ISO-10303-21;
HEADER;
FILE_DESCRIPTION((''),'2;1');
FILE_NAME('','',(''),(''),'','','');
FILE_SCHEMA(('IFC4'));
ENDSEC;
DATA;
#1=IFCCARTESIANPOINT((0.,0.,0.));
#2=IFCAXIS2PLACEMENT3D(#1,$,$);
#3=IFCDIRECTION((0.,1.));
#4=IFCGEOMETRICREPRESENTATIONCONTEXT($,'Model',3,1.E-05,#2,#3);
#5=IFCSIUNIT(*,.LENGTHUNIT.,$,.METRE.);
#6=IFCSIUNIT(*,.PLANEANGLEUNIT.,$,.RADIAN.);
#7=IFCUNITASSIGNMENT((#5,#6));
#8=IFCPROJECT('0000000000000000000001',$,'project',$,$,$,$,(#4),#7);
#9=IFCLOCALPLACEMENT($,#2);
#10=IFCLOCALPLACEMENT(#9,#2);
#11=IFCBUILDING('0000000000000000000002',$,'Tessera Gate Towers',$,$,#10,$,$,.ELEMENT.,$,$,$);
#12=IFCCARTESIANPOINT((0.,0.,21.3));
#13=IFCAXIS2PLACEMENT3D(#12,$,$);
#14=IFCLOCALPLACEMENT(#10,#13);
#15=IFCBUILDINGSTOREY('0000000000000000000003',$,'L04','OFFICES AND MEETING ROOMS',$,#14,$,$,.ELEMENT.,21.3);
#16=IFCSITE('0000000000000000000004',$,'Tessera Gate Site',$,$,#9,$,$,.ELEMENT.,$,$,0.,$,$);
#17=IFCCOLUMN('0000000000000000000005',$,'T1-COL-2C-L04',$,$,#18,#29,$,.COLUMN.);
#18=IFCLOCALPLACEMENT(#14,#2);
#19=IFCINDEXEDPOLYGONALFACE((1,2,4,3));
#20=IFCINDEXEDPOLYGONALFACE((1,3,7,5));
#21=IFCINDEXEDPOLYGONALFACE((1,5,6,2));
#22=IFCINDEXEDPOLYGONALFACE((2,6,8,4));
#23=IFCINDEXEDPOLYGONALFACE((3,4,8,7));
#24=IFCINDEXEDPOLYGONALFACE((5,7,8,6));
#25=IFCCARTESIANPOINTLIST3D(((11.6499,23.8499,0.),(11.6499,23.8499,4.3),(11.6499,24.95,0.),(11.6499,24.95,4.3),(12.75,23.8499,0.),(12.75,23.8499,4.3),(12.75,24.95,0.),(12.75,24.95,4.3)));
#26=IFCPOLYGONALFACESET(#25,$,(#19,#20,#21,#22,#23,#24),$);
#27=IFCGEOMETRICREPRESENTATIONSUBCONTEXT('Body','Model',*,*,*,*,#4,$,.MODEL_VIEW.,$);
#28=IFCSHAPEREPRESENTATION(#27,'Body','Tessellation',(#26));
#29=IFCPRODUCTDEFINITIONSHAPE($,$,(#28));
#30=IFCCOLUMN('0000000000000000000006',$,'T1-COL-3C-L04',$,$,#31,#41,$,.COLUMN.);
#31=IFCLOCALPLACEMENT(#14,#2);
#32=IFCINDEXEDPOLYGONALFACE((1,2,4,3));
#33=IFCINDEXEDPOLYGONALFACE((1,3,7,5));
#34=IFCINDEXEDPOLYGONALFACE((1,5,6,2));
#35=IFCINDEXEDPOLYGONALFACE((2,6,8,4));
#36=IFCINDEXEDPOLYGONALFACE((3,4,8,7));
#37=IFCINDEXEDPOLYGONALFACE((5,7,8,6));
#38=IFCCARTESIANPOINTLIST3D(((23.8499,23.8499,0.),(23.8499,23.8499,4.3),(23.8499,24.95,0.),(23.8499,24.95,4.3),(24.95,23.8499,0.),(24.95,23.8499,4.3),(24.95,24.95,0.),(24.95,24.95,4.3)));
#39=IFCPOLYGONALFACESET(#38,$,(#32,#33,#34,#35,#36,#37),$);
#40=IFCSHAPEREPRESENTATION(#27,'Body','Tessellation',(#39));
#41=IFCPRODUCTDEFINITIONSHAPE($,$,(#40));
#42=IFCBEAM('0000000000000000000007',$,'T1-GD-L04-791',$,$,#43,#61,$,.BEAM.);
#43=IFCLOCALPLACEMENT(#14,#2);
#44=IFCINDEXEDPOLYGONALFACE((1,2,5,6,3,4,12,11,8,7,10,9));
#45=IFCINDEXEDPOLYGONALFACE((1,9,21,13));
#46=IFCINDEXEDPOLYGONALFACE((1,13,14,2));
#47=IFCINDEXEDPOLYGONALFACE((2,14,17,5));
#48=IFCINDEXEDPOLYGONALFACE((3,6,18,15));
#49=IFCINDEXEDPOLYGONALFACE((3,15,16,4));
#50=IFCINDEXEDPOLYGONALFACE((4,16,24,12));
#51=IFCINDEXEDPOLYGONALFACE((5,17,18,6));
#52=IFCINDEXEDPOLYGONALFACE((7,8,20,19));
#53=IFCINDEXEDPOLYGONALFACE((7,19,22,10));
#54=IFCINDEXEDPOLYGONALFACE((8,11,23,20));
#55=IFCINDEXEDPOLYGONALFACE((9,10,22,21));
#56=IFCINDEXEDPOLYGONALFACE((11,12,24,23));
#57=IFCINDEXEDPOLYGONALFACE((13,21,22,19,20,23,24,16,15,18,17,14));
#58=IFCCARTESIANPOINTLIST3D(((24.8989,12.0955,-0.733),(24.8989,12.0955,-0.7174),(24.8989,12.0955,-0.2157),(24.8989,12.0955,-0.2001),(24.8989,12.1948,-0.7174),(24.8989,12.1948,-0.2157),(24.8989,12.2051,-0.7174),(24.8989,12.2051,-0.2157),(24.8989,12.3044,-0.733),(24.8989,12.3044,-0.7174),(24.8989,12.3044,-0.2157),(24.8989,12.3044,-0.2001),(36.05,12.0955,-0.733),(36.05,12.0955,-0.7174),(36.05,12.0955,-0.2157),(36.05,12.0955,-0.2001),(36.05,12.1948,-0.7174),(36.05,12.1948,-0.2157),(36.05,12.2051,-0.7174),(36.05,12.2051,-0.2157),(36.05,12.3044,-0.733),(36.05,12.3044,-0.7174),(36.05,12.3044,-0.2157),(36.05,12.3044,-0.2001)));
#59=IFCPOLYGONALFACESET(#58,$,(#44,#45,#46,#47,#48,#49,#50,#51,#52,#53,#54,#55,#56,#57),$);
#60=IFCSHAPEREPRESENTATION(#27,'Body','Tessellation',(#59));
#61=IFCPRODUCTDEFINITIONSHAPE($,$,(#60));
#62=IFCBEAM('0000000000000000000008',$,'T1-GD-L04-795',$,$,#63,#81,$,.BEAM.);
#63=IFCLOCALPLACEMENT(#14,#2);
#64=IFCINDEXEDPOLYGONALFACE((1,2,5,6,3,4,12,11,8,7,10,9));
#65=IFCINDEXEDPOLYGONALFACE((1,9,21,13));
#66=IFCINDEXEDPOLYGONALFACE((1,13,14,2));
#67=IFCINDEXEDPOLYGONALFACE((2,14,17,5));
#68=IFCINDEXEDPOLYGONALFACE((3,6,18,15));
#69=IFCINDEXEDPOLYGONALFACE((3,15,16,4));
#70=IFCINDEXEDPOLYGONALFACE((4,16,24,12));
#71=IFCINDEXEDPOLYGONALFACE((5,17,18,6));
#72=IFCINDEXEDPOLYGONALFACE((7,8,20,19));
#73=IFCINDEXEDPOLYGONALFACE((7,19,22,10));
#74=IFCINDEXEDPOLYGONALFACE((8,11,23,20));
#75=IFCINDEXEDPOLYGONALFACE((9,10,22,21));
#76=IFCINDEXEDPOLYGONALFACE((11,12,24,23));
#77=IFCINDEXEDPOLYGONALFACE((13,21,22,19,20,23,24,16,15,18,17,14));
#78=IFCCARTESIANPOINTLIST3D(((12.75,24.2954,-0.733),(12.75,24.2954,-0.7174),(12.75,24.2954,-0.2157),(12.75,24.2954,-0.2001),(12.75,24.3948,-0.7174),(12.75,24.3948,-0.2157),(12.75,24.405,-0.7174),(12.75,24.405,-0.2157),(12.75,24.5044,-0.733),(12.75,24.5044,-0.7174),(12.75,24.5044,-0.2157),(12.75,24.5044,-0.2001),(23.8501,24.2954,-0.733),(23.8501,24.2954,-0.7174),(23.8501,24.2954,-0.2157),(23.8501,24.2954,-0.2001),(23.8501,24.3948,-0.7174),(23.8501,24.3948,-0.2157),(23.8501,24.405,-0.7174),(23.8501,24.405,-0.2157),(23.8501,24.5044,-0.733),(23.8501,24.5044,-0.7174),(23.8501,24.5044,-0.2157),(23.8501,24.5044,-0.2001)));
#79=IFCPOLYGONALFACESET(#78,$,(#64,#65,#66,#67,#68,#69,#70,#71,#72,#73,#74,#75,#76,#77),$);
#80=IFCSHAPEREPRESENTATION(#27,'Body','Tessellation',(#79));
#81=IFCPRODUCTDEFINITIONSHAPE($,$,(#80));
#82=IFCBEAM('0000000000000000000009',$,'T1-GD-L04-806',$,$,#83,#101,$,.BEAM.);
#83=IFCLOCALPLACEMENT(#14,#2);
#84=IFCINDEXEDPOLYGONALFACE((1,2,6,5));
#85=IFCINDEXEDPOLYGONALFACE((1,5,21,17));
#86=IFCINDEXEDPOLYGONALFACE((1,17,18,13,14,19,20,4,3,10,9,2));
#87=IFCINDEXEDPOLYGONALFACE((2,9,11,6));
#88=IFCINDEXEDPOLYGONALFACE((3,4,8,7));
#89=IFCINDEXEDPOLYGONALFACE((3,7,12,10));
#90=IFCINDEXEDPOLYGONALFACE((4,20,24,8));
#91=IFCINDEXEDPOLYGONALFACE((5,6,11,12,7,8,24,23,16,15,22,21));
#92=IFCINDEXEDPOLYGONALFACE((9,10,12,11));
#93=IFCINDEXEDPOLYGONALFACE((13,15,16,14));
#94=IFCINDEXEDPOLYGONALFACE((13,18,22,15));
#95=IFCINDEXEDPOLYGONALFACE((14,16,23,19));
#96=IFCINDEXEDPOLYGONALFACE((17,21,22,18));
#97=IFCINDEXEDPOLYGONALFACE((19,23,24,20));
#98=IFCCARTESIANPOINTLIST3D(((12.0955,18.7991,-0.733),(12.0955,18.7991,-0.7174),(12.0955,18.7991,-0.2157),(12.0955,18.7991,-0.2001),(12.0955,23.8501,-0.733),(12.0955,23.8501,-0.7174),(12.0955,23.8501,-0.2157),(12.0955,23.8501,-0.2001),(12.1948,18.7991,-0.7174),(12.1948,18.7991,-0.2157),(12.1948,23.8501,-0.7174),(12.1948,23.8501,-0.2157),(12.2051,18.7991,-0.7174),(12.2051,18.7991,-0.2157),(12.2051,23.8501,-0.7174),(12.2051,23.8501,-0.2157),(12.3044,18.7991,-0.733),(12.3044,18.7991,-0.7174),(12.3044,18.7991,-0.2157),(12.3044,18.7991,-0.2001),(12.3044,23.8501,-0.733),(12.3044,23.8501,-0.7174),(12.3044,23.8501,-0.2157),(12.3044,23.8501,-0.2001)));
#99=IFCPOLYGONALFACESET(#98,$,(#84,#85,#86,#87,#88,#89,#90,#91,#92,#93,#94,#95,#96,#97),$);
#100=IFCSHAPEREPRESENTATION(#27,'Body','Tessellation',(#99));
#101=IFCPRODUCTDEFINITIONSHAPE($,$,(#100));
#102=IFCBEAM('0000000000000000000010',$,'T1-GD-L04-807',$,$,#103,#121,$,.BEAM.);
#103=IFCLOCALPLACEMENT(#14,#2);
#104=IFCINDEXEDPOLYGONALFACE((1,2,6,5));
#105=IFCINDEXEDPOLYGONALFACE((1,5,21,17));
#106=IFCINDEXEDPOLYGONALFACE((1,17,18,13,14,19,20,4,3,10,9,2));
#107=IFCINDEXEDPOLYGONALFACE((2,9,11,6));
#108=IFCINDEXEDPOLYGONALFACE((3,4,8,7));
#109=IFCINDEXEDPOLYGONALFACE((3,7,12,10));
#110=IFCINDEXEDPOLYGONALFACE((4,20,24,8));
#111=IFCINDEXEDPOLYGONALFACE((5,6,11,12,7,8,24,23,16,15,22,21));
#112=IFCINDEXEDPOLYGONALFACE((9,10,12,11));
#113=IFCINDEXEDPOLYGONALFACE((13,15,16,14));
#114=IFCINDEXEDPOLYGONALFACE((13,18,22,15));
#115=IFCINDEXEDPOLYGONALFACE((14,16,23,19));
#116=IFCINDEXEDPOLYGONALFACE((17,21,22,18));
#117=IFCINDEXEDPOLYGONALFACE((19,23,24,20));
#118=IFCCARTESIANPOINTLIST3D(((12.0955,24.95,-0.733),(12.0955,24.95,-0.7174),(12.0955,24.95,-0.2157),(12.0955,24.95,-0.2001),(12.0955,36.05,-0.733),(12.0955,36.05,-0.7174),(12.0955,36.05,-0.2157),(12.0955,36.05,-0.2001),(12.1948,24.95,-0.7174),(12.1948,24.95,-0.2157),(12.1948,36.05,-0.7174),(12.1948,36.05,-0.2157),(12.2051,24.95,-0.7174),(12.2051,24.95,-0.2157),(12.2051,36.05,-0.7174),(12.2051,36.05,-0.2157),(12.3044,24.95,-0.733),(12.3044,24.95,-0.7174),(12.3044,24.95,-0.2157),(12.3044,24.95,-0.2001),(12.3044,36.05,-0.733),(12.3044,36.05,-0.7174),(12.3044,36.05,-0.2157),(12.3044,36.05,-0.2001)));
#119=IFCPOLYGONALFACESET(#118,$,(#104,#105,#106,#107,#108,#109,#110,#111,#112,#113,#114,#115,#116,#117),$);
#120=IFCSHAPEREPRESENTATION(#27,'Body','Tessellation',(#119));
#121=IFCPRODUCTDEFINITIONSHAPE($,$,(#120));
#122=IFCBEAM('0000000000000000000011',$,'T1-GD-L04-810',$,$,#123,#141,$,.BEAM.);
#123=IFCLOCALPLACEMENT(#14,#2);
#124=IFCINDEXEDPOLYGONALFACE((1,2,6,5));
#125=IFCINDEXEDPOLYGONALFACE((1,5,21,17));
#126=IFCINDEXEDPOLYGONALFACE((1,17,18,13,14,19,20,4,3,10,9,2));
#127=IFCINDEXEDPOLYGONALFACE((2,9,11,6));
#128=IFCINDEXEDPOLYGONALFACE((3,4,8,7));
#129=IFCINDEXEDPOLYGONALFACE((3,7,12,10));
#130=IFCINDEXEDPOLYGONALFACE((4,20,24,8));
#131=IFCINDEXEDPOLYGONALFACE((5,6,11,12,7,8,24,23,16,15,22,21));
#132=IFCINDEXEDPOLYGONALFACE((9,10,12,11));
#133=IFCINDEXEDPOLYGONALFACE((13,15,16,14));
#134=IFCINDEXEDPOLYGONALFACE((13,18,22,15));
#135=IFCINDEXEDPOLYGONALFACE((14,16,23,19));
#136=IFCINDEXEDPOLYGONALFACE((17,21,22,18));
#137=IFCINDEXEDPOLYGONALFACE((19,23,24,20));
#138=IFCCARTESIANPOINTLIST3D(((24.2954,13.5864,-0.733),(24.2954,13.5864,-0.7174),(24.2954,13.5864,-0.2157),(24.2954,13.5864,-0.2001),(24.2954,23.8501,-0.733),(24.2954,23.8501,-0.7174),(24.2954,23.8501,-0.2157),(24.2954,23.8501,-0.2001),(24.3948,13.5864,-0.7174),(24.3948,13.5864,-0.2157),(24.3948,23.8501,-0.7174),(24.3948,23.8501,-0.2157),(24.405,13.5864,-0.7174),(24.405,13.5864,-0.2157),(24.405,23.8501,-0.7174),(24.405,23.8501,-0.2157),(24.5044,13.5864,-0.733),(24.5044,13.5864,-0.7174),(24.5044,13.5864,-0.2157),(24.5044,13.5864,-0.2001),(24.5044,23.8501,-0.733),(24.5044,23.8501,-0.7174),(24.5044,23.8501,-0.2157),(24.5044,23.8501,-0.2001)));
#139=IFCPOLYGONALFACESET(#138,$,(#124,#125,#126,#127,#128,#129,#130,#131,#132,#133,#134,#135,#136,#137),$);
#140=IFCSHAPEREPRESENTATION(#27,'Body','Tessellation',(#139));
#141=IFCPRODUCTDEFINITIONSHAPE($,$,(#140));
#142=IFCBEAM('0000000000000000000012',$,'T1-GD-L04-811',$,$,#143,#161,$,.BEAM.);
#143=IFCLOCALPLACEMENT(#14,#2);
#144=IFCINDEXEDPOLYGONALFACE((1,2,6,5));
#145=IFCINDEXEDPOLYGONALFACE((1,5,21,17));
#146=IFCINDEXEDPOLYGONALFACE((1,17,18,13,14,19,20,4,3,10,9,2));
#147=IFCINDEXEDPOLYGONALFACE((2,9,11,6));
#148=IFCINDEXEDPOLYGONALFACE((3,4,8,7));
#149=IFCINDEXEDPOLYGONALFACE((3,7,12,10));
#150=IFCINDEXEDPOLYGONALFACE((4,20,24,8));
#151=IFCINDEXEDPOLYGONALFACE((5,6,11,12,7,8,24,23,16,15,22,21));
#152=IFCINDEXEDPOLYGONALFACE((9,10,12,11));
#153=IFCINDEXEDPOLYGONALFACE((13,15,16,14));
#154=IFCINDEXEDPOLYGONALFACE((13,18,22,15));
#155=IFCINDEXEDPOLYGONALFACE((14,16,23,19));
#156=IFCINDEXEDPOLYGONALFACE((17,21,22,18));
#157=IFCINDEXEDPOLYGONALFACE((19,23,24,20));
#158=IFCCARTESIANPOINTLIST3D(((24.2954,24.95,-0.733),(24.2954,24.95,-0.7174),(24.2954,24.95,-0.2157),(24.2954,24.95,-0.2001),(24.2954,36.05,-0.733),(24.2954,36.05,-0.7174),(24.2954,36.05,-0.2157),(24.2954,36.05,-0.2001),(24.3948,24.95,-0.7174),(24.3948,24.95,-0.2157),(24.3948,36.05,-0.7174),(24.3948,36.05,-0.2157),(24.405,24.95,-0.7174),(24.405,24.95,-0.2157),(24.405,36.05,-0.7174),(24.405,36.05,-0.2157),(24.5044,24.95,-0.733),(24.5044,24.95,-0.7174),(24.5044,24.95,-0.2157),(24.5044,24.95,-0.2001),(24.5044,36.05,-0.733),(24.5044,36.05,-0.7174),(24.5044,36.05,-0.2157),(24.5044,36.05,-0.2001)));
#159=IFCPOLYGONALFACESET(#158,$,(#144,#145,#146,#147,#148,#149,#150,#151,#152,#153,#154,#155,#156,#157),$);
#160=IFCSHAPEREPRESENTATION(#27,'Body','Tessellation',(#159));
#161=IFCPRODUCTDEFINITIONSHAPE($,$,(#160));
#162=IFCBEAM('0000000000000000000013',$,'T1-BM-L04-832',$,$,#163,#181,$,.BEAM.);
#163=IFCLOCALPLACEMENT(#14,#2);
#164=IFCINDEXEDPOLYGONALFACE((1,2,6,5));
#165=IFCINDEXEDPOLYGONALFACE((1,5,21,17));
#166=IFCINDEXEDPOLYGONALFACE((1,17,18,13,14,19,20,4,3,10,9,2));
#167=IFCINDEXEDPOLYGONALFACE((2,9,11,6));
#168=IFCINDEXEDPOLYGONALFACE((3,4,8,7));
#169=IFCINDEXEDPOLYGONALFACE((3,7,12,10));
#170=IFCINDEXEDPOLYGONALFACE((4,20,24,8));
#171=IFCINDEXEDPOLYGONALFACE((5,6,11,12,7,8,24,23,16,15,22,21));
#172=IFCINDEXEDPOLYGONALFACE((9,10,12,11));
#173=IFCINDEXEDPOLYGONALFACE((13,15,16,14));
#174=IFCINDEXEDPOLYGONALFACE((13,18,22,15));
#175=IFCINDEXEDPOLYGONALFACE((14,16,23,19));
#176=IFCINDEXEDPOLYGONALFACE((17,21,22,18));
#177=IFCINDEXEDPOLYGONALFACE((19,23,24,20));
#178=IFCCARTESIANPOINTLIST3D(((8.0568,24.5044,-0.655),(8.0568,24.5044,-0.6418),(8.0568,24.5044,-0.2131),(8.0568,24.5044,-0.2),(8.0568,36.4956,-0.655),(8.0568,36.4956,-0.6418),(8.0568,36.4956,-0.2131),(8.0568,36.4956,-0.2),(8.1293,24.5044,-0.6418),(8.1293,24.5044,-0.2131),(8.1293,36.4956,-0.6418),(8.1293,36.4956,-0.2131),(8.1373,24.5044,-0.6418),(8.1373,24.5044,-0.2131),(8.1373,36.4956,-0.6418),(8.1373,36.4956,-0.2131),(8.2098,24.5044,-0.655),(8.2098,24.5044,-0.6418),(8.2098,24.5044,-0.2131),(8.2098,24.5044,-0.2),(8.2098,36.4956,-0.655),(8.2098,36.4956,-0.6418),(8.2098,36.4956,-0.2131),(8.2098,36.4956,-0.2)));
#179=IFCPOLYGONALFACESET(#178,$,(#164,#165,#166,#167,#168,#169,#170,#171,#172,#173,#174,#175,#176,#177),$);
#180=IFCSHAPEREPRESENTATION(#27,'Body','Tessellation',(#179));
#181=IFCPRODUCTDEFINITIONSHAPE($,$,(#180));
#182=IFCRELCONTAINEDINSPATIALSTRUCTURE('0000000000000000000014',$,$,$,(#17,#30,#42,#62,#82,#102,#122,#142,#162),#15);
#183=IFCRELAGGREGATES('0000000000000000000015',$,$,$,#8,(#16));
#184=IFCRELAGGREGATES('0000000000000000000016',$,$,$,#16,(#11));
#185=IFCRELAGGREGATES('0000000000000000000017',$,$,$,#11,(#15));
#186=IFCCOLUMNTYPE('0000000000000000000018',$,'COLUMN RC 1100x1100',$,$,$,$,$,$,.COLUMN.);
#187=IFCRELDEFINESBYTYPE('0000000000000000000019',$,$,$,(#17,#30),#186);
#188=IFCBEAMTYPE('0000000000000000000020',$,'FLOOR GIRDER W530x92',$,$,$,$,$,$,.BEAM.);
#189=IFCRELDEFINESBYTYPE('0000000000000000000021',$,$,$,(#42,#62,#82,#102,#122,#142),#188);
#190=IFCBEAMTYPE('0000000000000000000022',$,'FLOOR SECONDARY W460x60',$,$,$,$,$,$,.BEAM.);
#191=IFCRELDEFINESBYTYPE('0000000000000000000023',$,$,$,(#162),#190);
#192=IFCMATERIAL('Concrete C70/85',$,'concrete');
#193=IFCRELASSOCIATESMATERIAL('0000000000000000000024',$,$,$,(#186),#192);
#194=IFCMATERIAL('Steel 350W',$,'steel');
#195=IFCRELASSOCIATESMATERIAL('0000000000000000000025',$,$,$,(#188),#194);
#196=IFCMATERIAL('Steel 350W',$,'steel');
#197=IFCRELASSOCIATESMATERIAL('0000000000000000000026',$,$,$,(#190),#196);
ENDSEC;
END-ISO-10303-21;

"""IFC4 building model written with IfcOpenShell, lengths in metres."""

from ifc_helpers import new_model, si_unit, direction, frame, origin, origin_2d, place, context, subcontext, project, spatial, rectangle, i_section, extrude, material, material_profile, profile_set, type_object, element, save


model = new_model("IFC4")

# Units and contexts
model_context = context("Model", 3, precision=1e-05, world=origin(), true_north=direction((0.0, 1.0)))
body_context = subcontext(model_context, "Body", "Model", "MODEL_VIEW")
ifc_project = project(units=[si_unit("LENGTHUNIT", "METRE"), si_unit("PLANEANGLEUNIT", "RADIAN")], contexts=[model_context])

# Site, building, storey
site_placement = place(None, origin())
site = spatial("IfcSite", under=ifc_project, at=site_placement, Name="Tessera Gate Site", CompositionType="ELEMENT", RefElevation=0.0)
building_placement = place(site_placement, origin())
building = spatial("IfcBuilding", under=site, at=building_placement, Name="Tessera Gate Towers", CompositionType="ELEMENT")
storey_placement = place(building_placement, frame((0.0, 0.0, 21.3)))
storey = spatial("IfcBuildingStorey", under=building, at=storey_placement, Name="L04", Description="OFFICES AND MEETING ROOMS", CompositionType="ELEMENT", Elevation=21.3)

# Columns
ifc_material_1 = material(Name="Concrete C70/85", Category="concrete")
ifc_material_profile_1 = material_profile(ifc_material_1, rectangle(XDim=1.1001, YDim=1.1001, at=origin_2d()), Name="RC 1100x1100")
ifc_profile_set_1 = profile_set([ifc_material_profile_1], Name="Concrete C70/85")
column_type = type_object("IfcColumnType", Name="COLUMN RC 1100x1100", PredefinedType="COLUMN", material=ifc_profile_set_1)
for number, where, z_axis, x_axis, name in (
    (1, (12.2, 24.3999, 0.0), (0.0, 0.0, 1.0), (1.0, 0.0, 0.0), "T1-COL-2C-L04"),
    (2, (24.3999, 24.3999, 0.0), (0.0, 0.0, 1.0), (1.0, 0.0, 0.0), "T1-COL-3C-L04"),
):
    element("IfcColumn", number, at=place(storey_placement, frame(where, z_axis=z_axis, x_axis=x_axis)), inside=storey, type_object=column_type, Name=name, PredefinedType="COLUMN", context=body_context, shape_type="SweptSolid", body=[
        extrude(rectangle(XDim=1.1001, YDim=1.1001, at=origin_2d()), origin(), (0.0, 0.0, 1.0), 4.3),
    ])

# Beams
ifc_material_2 = material(Name="Steel 350W", Category="steel")
ifc_material_profile_2 = material_profile(ifc_material_2, i_section(OverallWidth=0.209, OverallDepth=0.533, WebThickness=0.0103, FlangeThickness=0.0156, at=origin_2d()), Name="W530x92")
ifc_profile_set_2 = profile_set([ifc_material_profile_2], Name="Steel 350W")
beam_type_1 = type_object("IfcBeamType", Name="FLOOR GIRDER W530x92", PredefinedType="BEAM", material=ifc_profile_set_2)
beam_1_placement = place(storey_placement, frame((24.8989, 12.2, -0.4666), z_axis=(1.0, 0.0, 0.0), x_axis=(0.0, 1.0, 0.0)))
element("IfcBeam", 3, at=beam_1_placement, inside=storey, type_object=beam_type_1, Name="T1-GD-L04-791", PredefinedType="BEAM", context=body_context, shape_type="SweptSolid", body=[
    extrude(i_section(OverallWidth=0.209, OverallDepth=0.533, WebThickness=0.0103, FlangeThickness=0.0156, at=origin_2d()), origin(), (0.0, 0.0, 1.0), 11.1511),
])
beam_2_placement = place(storey_placement, frame((12.75, 24.3999, -0.4666), z_axis=(1.0, 0.0, 0.0), x_axis=(0.0, 1.0, 0.0)))
element("IfcBeam", 4, at=beam_2_placement, inside=storey, type_object=beam_type_1, Name="T1-GD-L04-795", PredefinedType="BEAM", context=body_context, shape_type="SweptSolid", body=[
    extrude(i_section(OverallWidth=0.209, OverallDepth=0.533, WebThickness=0.0103, FlangeThickness=0.0156, at=origin_2d()), origin(), (0.0, 0.0, 1.0), 11.1001),
])
beam_3_placement = place(storey_placement, frame((12.2, 18.7991, -0.4666), z_axis=(0.0, 1.0, 0.0), x_axis=(-1.0, 0.0, 0.0)))
element("IfcBeam", 5, at=beam_3_placement, inside=storey, type_object=beam_type_1, Name="T1-GD-L04-806", PredefinedType="BEAM", context=body_context, shape_type="SweptSolid", body=[
    extrude(i_section(OverallWidth=0.209, OverallDepth=0.533, WebThickness=0.0103, FlangeThickness=0.0156, at=origin_2d()), origin(), (0.0, 0.0, 1.0), 5.051),
])
beam_4_placement = place(storey_placement, frame((12.2, 24.95, -0.4666), z_axis=(0.0, 1.0, 0.0), x_axis=(-1.0, 0.0, 0.0)))
element("IfcBeam", 6, at=beam_4_placement, inside=storey, type_object=beam_type_1, Name="T1-GD-L04-807", PredefinedType="BEAM", context=body_context, shape_type="SweptSolid", body=[
    extrude(i_section(OverallWidth=0.209, OverallDepth=0.533, WebThickness=0.0103, FlangeThickness=0.0156, at=origin_2d()), origin(), (0.0, 0.0, 1.0), 11.1001),
])
beam_5_placement = place(storey_placement, frame((24.3999, 13.5864, -0.4666), z_axis=(0.0, 1.0, 0.0), x_axis=(-1.0, 0.0, 0.0)))
element("IfcBeam", 7, at=beam_5_placement, inside=storey, type_object=beam_type_1, Name="T1-GD-L04-810", PredefinedType="BEAM", context=body_context, shape_type="SweptSolid", body=[
    extrude(i_section(OverallWidth=0.209, OverallDepth=0.533, WebThickness=0.0103, FlangeThickness=0.0156, at=origin_2d()), origin(), (0.0, 0.0, 1.0), 10.2637),
])
beam_6_placement = place(storey_placement, frame((24.3999, 24.95, -0.4666), z_axis=(0.0, 1.0, 0.0), x_axis=(-1.0, 0.0, 0.0)))
element("IfcBeam", 8, at=beam_6_placement, inside=storey, type_object=beam_type_1, Name="T1-GD-L04-811", PredefinedType="BEAM", context=body_context, shape_type="SweptSolid", body=[
    extrude(i_section(OverallWidth=0.209, OverallDepth=0.533, WebThickness=0.0103, FlangeThickness=0.0156, at=origin_2d()), origin(), (0.0, 0.0, 1.0), 11.1001),
])
ifc_material_3 = material(Name="Steel 350W", Category="steel")
ifc_material_profile_3 = material_profile(ifc_material_3, i_section(OverallWidth=0.1531, OverallDepth=0.4551, WebThickness=0.0081, FlangeThickness=0.0132, at=origin_2d()), Name="W460x60")
ifc_profile_set_3 = profile_set([ifc_material_profile_3], Name="Steel 350W")
beam_type_2 = type_object("IfcBeamType", Name="FLOOR SECONDARY W460x60", PredefinedType="BEAM", material=ifc_profile_set_3)
beam_7_placement = place(storey_placement, frame((8.1333, 24.5044, -0.4275), z_axis=(0.0, 1.0, 0.0), x_axis=(-1.0, 0.0, 0.0)))
element("IfcBeam", 9, at=beam_7_placement, inside=storey, type_object=beam_type_2, Name="T1-BM-L04-832", PredefinedType="BEAM", context=body_context, shape_type="SweptSolid", body=[
    extrude(i_section(OverallWidth=0.1531, OverallDepth=0.4551, WebThickness=0.0081, FlangeThickness=0.0132, at=origin_2d()), origin(), (0.0, 0.0, 1.0), 11.9912),
])

save(model, "model.ifc")
